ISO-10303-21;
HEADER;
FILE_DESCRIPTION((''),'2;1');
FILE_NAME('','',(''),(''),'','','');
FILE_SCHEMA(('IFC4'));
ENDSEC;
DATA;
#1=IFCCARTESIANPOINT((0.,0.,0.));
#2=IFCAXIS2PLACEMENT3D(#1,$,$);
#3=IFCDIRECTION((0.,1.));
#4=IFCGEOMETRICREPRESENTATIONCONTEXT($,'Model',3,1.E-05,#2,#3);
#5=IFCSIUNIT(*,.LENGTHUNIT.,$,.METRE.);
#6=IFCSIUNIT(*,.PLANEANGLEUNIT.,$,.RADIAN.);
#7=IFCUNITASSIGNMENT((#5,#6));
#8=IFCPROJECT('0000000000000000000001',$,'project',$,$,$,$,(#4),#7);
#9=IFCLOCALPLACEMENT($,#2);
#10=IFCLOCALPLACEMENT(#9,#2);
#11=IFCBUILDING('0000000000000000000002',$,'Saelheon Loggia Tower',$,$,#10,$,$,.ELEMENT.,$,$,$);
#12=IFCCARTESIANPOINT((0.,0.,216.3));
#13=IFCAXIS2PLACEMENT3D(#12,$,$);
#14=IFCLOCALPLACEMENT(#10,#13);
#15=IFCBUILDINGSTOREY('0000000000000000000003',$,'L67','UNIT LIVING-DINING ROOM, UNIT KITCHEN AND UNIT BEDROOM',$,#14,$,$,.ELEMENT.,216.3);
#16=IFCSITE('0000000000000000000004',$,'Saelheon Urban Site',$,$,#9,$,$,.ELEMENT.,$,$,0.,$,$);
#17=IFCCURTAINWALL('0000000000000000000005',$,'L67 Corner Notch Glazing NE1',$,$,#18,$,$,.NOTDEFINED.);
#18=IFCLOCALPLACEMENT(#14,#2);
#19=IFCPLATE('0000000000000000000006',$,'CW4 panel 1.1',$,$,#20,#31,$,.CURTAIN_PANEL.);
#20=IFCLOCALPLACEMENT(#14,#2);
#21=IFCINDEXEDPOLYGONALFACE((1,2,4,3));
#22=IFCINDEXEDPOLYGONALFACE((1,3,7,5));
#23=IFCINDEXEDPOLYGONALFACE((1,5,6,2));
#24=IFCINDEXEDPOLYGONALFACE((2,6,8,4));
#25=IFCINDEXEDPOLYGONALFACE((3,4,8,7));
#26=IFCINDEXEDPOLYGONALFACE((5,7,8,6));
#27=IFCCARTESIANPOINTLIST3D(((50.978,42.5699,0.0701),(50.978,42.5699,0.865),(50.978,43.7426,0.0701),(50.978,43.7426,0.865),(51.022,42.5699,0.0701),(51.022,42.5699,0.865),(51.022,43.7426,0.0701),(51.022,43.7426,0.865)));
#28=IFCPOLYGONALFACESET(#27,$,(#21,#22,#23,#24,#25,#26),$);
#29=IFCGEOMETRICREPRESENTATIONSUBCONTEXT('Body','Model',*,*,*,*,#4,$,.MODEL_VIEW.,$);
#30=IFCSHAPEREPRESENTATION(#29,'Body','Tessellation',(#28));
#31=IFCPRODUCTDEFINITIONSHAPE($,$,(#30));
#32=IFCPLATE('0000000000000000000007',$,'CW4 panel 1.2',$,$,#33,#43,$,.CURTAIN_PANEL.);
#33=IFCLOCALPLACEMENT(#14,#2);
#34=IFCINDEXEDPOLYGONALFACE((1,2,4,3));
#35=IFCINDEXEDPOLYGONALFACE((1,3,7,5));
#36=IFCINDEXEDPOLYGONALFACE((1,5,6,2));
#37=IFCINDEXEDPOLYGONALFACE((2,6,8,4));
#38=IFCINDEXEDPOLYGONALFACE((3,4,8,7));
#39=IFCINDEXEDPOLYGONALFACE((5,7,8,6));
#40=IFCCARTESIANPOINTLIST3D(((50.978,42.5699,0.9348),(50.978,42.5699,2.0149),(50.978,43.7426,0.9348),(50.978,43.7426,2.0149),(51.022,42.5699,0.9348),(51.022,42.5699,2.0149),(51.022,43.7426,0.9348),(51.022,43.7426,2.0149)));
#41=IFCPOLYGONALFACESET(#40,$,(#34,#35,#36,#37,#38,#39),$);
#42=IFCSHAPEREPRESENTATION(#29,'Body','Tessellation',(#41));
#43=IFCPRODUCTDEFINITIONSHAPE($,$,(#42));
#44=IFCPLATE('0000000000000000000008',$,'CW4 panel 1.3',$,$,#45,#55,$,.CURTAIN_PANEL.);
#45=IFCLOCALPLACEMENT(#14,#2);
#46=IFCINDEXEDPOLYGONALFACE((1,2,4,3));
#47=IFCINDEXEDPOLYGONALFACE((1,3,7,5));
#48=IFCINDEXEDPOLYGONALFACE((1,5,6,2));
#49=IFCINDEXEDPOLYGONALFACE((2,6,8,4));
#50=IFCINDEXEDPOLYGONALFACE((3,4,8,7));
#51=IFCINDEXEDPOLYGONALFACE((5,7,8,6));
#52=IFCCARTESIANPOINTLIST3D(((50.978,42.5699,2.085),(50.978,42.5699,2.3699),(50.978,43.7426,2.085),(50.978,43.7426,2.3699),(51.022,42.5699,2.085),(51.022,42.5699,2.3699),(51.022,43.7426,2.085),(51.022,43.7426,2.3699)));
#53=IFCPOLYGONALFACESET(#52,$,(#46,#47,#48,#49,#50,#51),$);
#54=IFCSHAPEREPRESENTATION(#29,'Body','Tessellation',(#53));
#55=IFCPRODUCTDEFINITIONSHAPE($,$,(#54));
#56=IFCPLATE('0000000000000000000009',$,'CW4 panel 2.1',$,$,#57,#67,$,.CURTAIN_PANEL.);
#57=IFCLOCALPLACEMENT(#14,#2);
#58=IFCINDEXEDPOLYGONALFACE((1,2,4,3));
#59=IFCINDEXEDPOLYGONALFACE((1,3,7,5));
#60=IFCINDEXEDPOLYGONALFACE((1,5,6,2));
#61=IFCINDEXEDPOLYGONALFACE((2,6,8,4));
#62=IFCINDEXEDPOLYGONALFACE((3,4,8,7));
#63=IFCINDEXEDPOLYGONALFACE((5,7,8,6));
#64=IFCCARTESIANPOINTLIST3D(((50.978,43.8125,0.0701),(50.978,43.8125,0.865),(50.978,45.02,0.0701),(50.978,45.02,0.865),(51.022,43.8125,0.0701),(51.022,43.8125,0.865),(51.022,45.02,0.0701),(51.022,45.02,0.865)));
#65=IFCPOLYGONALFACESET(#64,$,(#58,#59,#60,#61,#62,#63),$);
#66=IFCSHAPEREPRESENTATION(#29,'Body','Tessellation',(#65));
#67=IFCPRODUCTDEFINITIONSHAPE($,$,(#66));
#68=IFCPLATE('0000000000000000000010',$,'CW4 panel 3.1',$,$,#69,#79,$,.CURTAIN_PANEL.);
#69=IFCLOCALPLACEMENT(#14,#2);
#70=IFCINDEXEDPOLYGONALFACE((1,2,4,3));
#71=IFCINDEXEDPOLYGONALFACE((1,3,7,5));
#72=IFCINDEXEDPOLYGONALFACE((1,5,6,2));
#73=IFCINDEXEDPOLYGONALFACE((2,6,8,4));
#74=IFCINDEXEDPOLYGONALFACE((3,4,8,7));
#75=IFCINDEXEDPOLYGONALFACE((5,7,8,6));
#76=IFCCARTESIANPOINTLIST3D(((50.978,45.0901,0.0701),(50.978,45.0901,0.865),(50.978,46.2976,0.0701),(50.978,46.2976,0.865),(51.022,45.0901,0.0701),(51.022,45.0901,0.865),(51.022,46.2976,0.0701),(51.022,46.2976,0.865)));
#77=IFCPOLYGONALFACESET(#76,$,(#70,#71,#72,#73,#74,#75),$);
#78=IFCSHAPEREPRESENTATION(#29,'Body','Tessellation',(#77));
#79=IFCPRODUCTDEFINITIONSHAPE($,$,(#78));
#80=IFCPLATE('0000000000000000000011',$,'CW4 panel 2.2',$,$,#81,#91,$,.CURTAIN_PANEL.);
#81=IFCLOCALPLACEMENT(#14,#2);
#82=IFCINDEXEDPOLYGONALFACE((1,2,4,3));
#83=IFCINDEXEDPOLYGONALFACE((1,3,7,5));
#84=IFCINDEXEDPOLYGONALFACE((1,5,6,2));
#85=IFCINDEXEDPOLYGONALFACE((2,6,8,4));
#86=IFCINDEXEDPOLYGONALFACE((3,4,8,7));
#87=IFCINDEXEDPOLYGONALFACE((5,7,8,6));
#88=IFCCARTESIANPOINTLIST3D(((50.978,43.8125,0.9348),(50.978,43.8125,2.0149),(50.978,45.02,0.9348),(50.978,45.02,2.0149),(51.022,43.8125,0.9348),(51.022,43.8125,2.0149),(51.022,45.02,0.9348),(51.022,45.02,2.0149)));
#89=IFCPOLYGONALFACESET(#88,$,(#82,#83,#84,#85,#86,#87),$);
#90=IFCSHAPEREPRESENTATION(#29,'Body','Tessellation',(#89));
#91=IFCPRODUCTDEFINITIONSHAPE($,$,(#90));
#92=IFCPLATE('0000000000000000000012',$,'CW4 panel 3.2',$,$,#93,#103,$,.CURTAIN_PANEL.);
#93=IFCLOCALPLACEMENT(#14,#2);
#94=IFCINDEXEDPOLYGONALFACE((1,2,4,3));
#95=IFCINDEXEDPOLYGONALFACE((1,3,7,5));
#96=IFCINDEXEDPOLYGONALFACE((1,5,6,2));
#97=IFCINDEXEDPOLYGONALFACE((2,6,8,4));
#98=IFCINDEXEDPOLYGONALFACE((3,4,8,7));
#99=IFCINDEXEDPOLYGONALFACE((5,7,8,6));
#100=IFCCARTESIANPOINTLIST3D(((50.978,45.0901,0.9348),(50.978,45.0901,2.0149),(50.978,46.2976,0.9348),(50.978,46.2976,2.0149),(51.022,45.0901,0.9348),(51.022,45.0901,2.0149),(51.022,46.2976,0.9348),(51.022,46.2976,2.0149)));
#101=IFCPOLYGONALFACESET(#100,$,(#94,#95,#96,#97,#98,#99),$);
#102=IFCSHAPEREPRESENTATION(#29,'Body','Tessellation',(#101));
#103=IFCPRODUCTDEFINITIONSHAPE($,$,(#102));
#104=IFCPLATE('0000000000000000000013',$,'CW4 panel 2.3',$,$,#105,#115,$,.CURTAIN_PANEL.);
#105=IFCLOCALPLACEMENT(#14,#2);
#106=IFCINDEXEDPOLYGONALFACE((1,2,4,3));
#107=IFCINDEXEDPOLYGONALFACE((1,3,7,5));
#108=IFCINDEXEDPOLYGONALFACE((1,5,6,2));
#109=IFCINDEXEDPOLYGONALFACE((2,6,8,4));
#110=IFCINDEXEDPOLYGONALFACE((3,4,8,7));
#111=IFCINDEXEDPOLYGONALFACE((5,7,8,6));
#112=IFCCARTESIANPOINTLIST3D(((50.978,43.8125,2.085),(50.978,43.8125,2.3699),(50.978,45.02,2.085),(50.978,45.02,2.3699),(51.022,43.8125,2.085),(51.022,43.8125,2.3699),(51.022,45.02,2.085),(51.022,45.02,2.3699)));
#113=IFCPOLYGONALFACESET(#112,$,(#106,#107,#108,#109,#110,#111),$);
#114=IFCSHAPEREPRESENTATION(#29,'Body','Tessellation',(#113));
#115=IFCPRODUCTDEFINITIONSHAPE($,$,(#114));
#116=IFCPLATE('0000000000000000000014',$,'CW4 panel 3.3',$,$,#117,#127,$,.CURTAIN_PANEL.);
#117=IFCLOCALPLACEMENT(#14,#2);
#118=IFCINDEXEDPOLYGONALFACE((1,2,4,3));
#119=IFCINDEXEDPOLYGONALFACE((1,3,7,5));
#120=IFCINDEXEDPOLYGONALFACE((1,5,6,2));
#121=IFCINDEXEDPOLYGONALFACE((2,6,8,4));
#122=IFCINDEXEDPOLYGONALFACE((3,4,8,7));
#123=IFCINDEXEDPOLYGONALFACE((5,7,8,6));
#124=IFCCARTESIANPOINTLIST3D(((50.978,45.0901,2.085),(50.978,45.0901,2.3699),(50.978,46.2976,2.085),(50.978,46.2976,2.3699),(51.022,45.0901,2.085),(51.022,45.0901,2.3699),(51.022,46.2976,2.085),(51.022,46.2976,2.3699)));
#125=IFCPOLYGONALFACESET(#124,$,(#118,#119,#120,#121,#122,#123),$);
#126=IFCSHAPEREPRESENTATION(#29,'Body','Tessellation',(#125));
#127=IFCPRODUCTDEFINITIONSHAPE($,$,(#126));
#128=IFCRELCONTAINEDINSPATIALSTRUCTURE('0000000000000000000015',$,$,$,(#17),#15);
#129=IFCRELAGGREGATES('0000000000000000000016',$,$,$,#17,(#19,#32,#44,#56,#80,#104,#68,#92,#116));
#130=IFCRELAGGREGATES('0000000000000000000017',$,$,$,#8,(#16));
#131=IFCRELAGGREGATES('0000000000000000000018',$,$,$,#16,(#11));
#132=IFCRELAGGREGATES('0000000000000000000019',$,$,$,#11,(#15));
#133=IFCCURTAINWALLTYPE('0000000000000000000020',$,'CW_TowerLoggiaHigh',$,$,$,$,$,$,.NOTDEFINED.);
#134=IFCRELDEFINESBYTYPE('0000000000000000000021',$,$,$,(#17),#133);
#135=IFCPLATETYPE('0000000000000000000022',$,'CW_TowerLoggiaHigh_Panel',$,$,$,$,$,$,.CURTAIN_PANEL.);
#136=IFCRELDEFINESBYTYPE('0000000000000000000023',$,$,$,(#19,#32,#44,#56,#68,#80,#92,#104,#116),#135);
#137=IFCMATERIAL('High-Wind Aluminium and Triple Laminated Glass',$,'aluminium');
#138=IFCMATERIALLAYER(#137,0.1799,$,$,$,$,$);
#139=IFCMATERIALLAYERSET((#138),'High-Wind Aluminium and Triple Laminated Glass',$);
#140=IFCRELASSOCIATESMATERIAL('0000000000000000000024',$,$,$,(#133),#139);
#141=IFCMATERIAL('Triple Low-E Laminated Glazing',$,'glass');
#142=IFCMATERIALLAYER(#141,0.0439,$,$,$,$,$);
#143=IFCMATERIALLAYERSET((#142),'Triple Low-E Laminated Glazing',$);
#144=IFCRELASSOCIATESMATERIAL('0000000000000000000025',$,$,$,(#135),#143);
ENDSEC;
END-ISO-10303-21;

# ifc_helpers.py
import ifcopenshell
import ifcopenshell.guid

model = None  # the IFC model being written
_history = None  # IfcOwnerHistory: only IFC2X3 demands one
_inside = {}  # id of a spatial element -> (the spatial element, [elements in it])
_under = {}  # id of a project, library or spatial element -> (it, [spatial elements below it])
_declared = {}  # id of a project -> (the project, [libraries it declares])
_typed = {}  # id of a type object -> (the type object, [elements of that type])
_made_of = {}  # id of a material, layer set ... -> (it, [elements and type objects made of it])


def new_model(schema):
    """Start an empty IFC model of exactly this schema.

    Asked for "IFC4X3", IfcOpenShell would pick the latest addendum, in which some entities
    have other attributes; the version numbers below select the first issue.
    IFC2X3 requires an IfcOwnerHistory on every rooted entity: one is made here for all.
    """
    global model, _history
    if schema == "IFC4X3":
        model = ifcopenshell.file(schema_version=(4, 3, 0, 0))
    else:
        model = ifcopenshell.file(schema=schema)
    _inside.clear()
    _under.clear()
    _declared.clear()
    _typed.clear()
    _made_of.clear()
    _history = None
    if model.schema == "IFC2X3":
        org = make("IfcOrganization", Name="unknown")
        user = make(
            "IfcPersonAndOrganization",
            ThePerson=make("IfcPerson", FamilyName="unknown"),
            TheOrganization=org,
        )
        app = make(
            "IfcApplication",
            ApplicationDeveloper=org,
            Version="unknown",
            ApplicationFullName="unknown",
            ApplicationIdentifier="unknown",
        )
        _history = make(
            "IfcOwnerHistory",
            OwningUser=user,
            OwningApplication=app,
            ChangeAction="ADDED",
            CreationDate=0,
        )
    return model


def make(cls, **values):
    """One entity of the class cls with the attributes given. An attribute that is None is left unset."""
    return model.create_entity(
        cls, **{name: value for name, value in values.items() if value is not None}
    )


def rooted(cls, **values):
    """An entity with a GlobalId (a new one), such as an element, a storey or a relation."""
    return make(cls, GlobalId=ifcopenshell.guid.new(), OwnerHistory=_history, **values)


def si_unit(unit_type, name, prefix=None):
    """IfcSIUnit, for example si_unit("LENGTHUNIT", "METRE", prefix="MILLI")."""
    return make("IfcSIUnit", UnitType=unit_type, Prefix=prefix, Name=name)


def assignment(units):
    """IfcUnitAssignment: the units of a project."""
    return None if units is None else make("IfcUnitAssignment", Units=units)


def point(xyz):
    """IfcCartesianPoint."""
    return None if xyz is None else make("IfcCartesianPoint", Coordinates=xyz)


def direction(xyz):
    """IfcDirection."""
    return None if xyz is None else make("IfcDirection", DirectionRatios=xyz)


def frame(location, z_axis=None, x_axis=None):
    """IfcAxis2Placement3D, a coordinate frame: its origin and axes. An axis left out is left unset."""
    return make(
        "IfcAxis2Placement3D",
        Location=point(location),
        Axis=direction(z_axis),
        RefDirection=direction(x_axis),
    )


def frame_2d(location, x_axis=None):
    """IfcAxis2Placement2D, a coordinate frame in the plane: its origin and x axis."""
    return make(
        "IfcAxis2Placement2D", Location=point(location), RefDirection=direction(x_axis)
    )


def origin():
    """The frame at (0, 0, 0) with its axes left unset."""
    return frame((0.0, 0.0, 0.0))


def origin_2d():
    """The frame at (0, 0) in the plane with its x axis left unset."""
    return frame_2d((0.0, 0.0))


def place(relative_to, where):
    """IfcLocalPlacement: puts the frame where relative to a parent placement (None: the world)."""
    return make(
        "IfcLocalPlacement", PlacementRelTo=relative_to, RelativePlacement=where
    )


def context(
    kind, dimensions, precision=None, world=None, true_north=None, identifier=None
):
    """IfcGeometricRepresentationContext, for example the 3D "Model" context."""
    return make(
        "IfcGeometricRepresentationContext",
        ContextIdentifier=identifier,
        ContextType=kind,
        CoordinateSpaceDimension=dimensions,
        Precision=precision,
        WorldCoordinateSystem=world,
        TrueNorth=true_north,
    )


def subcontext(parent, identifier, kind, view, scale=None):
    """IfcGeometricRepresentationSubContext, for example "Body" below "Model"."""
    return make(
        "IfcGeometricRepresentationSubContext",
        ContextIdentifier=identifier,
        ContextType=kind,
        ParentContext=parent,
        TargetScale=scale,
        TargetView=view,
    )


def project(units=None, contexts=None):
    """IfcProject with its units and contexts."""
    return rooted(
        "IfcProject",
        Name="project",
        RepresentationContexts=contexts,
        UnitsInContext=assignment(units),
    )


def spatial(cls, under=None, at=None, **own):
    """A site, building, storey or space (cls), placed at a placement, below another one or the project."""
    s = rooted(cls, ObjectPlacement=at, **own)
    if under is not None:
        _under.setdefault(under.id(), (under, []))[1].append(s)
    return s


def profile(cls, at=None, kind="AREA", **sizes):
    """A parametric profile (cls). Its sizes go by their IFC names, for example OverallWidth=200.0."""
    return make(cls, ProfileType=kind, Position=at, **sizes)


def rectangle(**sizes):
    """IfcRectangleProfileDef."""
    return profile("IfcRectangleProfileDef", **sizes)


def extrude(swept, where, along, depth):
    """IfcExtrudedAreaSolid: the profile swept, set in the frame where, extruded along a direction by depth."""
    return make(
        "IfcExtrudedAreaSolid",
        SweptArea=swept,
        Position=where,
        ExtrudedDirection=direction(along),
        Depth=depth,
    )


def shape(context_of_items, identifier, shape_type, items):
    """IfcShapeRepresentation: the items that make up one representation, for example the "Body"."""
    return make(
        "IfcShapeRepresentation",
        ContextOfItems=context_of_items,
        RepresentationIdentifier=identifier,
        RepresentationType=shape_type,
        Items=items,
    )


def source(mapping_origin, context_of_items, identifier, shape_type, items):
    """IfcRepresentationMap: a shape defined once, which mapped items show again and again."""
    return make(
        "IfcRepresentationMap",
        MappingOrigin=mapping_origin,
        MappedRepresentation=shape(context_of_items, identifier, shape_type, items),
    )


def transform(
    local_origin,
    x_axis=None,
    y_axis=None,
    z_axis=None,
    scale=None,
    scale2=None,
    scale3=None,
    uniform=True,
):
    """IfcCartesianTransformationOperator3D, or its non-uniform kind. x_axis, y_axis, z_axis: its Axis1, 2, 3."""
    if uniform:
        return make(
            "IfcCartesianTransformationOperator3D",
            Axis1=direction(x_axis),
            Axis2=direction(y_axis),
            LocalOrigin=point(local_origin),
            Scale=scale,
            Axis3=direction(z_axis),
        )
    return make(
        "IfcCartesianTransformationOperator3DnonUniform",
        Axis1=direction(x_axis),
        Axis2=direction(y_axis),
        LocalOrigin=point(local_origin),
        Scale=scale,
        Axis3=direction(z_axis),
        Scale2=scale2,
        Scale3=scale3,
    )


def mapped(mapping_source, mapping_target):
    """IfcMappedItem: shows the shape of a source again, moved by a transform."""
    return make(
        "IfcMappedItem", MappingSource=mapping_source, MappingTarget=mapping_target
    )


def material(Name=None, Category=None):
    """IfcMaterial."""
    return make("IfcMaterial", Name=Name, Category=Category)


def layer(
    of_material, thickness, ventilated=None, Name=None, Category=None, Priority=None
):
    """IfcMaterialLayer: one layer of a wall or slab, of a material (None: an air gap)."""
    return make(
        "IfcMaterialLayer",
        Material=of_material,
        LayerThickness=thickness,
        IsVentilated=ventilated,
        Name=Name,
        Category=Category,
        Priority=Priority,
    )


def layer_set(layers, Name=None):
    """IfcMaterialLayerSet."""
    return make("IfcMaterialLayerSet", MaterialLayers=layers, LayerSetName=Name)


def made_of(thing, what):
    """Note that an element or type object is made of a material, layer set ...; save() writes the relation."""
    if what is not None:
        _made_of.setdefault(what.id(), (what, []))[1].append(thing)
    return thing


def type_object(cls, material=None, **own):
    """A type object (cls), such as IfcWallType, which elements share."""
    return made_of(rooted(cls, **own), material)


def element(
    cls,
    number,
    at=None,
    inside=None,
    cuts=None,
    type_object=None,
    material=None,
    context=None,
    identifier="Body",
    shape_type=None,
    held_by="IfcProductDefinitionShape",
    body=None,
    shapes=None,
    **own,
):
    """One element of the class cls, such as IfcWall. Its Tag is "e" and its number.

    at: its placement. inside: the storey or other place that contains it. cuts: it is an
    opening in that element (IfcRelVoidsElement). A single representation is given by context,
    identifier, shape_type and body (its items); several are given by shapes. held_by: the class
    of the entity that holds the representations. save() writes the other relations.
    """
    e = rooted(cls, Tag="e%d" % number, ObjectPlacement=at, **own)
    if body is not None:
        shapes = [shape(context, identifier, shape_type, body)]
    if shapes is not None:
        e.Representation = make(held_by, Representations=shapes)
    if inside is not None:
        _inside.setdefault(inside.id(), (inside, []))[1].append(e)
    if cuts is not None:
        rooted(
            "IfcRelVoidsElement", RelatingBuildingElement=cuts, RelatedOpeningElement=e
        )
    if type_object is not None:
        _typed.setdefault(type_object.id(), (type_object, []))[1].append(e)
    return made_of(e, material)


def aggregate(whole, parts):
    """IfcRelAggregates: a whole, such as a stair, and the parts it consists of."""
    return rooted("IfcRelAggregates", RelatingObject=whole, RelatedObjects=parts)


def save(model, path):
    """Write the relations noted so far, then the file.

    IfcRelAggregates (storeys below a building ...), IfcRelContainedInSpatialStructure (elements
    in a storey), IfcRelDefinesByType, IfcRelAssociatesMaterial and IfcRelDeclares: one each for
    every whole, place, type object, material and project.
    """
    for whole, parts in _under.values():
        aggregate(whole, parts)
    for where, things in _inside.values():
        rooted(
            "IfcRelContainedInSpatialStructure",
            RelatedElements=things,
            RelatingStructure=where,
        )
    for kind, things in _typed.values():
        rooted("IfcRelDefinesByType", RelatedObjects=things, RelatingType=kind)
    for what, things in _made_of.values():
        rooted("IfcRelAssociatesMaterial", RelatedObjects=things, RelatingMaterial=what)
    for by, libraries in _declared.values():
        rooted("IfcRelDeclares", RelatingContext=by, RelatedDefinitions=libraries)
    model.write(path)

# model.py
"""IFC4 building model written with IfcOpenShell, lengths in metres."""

from ifc_helpers import new_model, si_unit, direction, frame, origin, origin_2d, place, context, subcontext, project, spatial, rectangle, extrude, source, transform, mapped, material, layer, layer_set, type_object, element, aggregate, save


model = new_model("IFC4")

# Units and contexts
model_context = context("Model", 3, precision=1e-05, world=origin(), true_north=direction((0.0, 1.0)))
body_context = subcontext(model_context, "Body", "Model", "MODEL_VIEW")
ifc_project = project(units=[si_unit("LENGTHUNIT", "METRE"), si_unit("PLANEANGLEUNIT", "RADIAN")], contexts=[model_context])

# Site, building, storey
site_placement = place(None, origin())
site = spatial("IfcSite", under=ifc_project, at=site_placement, Name="Saelheon Urban Site", CompositionType="ELEMENT", RefElevation=0.0)
building_placement = place(site_placement, origin())
building = spatial("IfcBuilding", under=site, at=building_placement, Name="Saelheon Loggia Tower", CompositionType="ELEMENT")
storey_placement = place(building_placement, frame((0.0, 0.0, 216.3)))
storey = spatial("IfcBuildingStorey", under=building, at=storey_placement, Name="L67", Description="UNIT LIVING-DINING ROOM, UNIT KITCHEN AND UNIT BEDROOM", CompositionType="ELEMENT", Elevation=216.3)

# Curtain wall, plates
ifc_material_1 = material(Name="High-Wind Aluminium and Triple Laminated Glass", Category="aluminium")
ifc_layer_1 = layer(ifc_material_1, 0.1799)
ifc_layer_set_1 = layer_set([ifc_layer_1], Name="High-Wind Aluminium and Triple Laminated Glass")
curtain_wall_type = type_object("IfcCurtainWallType", Name="CW_TowerLoggiaHigh", PredefinedType="NOTDEFINED", material=ifc_layer_set_1)
curtain_wall_placement = place(storey_placement, origin())
curtain_wall = element("IfcCurtainWall", 1, at=curtain_wall_placement, inside=storey, type_object=curtain_wall_type, Name="L67 Corner Notch Glazing NE1", PredefinedType="NOTDEFINED")
ifc_material_2 = material(Name="Triple Low-E Laminated Glazing", Category="glass")
ifc_layer_2 = layer(ifc_material_2, 0.0439)
ifc_layer_set_2 = layer_set([ifc_layer_2], Name="Triple Low-E Laminated Glazing")
plate_type = type_object("IfcPlateType", Name="CW_TowerLoggiaHigh_Panel", PredefinedType="CURTAIN_PANEL", material=ifc_layer_set_2)
shared_shape_1 = source(origin(), body_context, "Body", "SweptSolid", [
    extrude(rectangle(XDim=1.1726, YDim=0.0439, at=origin_2d()), origin(), (0.0, 0.0, 1.0), 0.7949),
])
plate_1_placement = place(storey_placement, frame((51.0, 43.1562, 0.0701), z_axis=(0.0, 0.0, 1.0), x_axis=(0.0, 1.0, 0.0)))
plate_1 = element("IfcPlate", 2, at=plate_1_placement, type_object=plate_type, Name="CW4 panel 1.1", PredefinedType="CURTAIN_PANEL", context=body_context, shape_type="MappedRepresentation", body=[
    mapped(shared_shape_1, transform((0.0, 0.0, 0.0), scale=1.0)),
])
shared_shape_2 = source(origin(), body_context, "Body", "SweptSolid", [
    extrude(rectangle(XDim=1.1726, YDim=0.0439, at=origin_2d()), origin(), (0.0, 0.0, 1.0), 1.0801),
])
plate_2_placement = place(storey_placement, frame((51.0, 43.1562, 0.9348), z_axis=(0.0, 0.0, 1.0), x_axis=(0.0, 1.0, 0.0)))
plate_2 = element("IfcPlate", 3, at=plate_2_placement, type_object=plate_type, Name="CW4 panel 1.2", PredefinedType="CURTAIN_PANEL", context=body_context, shape_type="MappedRepresentation", body=[
    mapped(shared_shape_2, transform((0.0, 0.0, 0.0), scale=1.0)),
])
shared_shape_3 = source(origin(), body_context, "Body", "SweptSolid", [
    extrude(rectangle(XDim=1.1726, YDim=0.0439, at=origin_2d()), origin(), (0.0, 0.0, 1.0), 0.2849),
])
plate_3_placement = place(storey_placement, frame((51.0, 43.1562, 2.085), z_axis=(0.0, 0.0, 1.0), x_axis=(0.0, 1.0, 0.0)))
plate_3 = element("IfcPlate", 4, at=plate_3_placement, type_object=plate_type, Name="CW4 panel 1.3", PredefinedType="CURTAIN_PANEL", context=body_context, shape_type="MappedRepresentation", body=[
    mapped(shared_shape_3, transform((0.0, 0.0, 0.0), scale=1.0)),
])
shared_shape_4 = source(origin(), body_context, "Body", "SweptSolid", [
    extrude(rectangle(XDim=1.2075, YDim=0.0439, at=origin_2d()), origin(), (0.0, 0.0, 1.0), 0.7949),
])
plate_4_placement = place(storey_placement, frame((51.0, 44.4163, 0.0701), z_axis=(0.0, 0.0, 1.0), x_axis=(0.0, 1.0, 0.0)))
plate_4 = element("IfcPlate", 5, at=plate_4_placement, type_object=plate_type, Name="CW4 panel 2.1", PredefinedType="CURTAIN_PANEL", context=body_context, shape_type="MappedRepresentation", body=[
    mapped(shared_shape_4, transform((0.0, 0.0, 0.0), scale=1.0)),
])
plate_5_placement = place(storey_placement, frame((51.0, 45.6938, 0.0701), z_axis=(0.0, 0.0, 1.0), x_axis=(0.0, 1.0, 0.0)))
plate_5 = element("IfcPlate", 6, at=plate_5_placement, type_object=plate_type, Name="CW4 panel 3.1", PredefinedType="CURTAIN_PANEL", context=body_context, shape_type="MappedRepresentation", body=[
    mapped(shared_shape_4, transform((0.0, 0.0, 0.0), scale=1.0)),
])
shared_shape_5 = source(origin(), body_context, "Body", "SweptSolid", [
    extrude(rectangle(XDim=1.2075, YDim=0.0439, at=origin_2d()), origin(), (0.0, 0.0, 1.0), 1.0801),
])
plate_6_placement = place(storey_placement, frame((51.0, 44.4163, 0.9348), z_axis=(0.0, 0.0, 1.0), x_axis=(0.0, 1.0, 0.0)))
plate_6 = element("IfcPlate", 7, at=plate_6_placement, type_object=plate_type, Name="CW4 panel 2.2", PredefinedType="CURTAIN_PANEL", context=body_context, shape_type="MappedRepresentation", body=[
    mapped(shared_shape_5, transform((0.0, 0.0, 0.0), scale=1.0)),
])
plate_7_placement = place(storey_placement, frame((51.0, 45.6938, 0.9348), z_axis=(0.0, 0.0, 1.0), x_axis=(0.0, 1.0, 0.0)))
plate_7 = element("IfcPlate", 8, at=plate_7_placement, type_object=plate_type, Name="CW4 panel 3.2", PredefinedType="CURTAIN_PANEL", context=body_context, shape_type="MappedRepresentation", body=[
    mapped(shared_shape_5, transform((0.0, 0.0, 0.0), scale=1.0)),
])
shared_shape_6 = source(origin(), body_context, "Body", "SweptSolid", [
    extrude(rectangle(XDim=1.2075, YDim=0.0439, at=origin_2d()), origin(), (0.0, 0.0, 1.0), 0.2849),
])
plate_8_placement = place(storey_placement, frame((51.0, 44.4163, 2.085), z_axis=(0.0, 0.0, 1.0), x_axis=(0.0, 1.0, 0.0)))
plate_8 = element("IfcPlate", 9, at=plate_8_placement, type_object=plate_type, Name="CW4 panel 2.3", PredefinedType="CURTAIN_PANEL", context=body_context, shape_type="MappedRepresentation", body=[
    mapped(shared_shape_6, transform((0.0, 0.0, 0.0), scale=1.0)),
])
plate_9_placement = place(storey_placement, frame((51.0, 45.6938, 2.085), z_axis=(0.0, 0.0, 1.0), x_axis=(0.0, 1.0, 0.0)))
plate_9 = element("IfcPlate", 10, at=plate_9_placement, type_object=plate_type, Name="CW4 panel 3.3", PredefinedType="CURTAIN_PANEL", context=body_context, shape_type="MappedRepresentation", body=[
    mapped(shared_shape_6, transform((0.0, 0.0, 0.0), scale=1.0)),
])
aggregate(curtain_wall, [plate_1, plate_2, plate_3, plate_4, plate_6, plate_8, plate_5, plate_7, plate_9])

save(model, "model.ifc")
